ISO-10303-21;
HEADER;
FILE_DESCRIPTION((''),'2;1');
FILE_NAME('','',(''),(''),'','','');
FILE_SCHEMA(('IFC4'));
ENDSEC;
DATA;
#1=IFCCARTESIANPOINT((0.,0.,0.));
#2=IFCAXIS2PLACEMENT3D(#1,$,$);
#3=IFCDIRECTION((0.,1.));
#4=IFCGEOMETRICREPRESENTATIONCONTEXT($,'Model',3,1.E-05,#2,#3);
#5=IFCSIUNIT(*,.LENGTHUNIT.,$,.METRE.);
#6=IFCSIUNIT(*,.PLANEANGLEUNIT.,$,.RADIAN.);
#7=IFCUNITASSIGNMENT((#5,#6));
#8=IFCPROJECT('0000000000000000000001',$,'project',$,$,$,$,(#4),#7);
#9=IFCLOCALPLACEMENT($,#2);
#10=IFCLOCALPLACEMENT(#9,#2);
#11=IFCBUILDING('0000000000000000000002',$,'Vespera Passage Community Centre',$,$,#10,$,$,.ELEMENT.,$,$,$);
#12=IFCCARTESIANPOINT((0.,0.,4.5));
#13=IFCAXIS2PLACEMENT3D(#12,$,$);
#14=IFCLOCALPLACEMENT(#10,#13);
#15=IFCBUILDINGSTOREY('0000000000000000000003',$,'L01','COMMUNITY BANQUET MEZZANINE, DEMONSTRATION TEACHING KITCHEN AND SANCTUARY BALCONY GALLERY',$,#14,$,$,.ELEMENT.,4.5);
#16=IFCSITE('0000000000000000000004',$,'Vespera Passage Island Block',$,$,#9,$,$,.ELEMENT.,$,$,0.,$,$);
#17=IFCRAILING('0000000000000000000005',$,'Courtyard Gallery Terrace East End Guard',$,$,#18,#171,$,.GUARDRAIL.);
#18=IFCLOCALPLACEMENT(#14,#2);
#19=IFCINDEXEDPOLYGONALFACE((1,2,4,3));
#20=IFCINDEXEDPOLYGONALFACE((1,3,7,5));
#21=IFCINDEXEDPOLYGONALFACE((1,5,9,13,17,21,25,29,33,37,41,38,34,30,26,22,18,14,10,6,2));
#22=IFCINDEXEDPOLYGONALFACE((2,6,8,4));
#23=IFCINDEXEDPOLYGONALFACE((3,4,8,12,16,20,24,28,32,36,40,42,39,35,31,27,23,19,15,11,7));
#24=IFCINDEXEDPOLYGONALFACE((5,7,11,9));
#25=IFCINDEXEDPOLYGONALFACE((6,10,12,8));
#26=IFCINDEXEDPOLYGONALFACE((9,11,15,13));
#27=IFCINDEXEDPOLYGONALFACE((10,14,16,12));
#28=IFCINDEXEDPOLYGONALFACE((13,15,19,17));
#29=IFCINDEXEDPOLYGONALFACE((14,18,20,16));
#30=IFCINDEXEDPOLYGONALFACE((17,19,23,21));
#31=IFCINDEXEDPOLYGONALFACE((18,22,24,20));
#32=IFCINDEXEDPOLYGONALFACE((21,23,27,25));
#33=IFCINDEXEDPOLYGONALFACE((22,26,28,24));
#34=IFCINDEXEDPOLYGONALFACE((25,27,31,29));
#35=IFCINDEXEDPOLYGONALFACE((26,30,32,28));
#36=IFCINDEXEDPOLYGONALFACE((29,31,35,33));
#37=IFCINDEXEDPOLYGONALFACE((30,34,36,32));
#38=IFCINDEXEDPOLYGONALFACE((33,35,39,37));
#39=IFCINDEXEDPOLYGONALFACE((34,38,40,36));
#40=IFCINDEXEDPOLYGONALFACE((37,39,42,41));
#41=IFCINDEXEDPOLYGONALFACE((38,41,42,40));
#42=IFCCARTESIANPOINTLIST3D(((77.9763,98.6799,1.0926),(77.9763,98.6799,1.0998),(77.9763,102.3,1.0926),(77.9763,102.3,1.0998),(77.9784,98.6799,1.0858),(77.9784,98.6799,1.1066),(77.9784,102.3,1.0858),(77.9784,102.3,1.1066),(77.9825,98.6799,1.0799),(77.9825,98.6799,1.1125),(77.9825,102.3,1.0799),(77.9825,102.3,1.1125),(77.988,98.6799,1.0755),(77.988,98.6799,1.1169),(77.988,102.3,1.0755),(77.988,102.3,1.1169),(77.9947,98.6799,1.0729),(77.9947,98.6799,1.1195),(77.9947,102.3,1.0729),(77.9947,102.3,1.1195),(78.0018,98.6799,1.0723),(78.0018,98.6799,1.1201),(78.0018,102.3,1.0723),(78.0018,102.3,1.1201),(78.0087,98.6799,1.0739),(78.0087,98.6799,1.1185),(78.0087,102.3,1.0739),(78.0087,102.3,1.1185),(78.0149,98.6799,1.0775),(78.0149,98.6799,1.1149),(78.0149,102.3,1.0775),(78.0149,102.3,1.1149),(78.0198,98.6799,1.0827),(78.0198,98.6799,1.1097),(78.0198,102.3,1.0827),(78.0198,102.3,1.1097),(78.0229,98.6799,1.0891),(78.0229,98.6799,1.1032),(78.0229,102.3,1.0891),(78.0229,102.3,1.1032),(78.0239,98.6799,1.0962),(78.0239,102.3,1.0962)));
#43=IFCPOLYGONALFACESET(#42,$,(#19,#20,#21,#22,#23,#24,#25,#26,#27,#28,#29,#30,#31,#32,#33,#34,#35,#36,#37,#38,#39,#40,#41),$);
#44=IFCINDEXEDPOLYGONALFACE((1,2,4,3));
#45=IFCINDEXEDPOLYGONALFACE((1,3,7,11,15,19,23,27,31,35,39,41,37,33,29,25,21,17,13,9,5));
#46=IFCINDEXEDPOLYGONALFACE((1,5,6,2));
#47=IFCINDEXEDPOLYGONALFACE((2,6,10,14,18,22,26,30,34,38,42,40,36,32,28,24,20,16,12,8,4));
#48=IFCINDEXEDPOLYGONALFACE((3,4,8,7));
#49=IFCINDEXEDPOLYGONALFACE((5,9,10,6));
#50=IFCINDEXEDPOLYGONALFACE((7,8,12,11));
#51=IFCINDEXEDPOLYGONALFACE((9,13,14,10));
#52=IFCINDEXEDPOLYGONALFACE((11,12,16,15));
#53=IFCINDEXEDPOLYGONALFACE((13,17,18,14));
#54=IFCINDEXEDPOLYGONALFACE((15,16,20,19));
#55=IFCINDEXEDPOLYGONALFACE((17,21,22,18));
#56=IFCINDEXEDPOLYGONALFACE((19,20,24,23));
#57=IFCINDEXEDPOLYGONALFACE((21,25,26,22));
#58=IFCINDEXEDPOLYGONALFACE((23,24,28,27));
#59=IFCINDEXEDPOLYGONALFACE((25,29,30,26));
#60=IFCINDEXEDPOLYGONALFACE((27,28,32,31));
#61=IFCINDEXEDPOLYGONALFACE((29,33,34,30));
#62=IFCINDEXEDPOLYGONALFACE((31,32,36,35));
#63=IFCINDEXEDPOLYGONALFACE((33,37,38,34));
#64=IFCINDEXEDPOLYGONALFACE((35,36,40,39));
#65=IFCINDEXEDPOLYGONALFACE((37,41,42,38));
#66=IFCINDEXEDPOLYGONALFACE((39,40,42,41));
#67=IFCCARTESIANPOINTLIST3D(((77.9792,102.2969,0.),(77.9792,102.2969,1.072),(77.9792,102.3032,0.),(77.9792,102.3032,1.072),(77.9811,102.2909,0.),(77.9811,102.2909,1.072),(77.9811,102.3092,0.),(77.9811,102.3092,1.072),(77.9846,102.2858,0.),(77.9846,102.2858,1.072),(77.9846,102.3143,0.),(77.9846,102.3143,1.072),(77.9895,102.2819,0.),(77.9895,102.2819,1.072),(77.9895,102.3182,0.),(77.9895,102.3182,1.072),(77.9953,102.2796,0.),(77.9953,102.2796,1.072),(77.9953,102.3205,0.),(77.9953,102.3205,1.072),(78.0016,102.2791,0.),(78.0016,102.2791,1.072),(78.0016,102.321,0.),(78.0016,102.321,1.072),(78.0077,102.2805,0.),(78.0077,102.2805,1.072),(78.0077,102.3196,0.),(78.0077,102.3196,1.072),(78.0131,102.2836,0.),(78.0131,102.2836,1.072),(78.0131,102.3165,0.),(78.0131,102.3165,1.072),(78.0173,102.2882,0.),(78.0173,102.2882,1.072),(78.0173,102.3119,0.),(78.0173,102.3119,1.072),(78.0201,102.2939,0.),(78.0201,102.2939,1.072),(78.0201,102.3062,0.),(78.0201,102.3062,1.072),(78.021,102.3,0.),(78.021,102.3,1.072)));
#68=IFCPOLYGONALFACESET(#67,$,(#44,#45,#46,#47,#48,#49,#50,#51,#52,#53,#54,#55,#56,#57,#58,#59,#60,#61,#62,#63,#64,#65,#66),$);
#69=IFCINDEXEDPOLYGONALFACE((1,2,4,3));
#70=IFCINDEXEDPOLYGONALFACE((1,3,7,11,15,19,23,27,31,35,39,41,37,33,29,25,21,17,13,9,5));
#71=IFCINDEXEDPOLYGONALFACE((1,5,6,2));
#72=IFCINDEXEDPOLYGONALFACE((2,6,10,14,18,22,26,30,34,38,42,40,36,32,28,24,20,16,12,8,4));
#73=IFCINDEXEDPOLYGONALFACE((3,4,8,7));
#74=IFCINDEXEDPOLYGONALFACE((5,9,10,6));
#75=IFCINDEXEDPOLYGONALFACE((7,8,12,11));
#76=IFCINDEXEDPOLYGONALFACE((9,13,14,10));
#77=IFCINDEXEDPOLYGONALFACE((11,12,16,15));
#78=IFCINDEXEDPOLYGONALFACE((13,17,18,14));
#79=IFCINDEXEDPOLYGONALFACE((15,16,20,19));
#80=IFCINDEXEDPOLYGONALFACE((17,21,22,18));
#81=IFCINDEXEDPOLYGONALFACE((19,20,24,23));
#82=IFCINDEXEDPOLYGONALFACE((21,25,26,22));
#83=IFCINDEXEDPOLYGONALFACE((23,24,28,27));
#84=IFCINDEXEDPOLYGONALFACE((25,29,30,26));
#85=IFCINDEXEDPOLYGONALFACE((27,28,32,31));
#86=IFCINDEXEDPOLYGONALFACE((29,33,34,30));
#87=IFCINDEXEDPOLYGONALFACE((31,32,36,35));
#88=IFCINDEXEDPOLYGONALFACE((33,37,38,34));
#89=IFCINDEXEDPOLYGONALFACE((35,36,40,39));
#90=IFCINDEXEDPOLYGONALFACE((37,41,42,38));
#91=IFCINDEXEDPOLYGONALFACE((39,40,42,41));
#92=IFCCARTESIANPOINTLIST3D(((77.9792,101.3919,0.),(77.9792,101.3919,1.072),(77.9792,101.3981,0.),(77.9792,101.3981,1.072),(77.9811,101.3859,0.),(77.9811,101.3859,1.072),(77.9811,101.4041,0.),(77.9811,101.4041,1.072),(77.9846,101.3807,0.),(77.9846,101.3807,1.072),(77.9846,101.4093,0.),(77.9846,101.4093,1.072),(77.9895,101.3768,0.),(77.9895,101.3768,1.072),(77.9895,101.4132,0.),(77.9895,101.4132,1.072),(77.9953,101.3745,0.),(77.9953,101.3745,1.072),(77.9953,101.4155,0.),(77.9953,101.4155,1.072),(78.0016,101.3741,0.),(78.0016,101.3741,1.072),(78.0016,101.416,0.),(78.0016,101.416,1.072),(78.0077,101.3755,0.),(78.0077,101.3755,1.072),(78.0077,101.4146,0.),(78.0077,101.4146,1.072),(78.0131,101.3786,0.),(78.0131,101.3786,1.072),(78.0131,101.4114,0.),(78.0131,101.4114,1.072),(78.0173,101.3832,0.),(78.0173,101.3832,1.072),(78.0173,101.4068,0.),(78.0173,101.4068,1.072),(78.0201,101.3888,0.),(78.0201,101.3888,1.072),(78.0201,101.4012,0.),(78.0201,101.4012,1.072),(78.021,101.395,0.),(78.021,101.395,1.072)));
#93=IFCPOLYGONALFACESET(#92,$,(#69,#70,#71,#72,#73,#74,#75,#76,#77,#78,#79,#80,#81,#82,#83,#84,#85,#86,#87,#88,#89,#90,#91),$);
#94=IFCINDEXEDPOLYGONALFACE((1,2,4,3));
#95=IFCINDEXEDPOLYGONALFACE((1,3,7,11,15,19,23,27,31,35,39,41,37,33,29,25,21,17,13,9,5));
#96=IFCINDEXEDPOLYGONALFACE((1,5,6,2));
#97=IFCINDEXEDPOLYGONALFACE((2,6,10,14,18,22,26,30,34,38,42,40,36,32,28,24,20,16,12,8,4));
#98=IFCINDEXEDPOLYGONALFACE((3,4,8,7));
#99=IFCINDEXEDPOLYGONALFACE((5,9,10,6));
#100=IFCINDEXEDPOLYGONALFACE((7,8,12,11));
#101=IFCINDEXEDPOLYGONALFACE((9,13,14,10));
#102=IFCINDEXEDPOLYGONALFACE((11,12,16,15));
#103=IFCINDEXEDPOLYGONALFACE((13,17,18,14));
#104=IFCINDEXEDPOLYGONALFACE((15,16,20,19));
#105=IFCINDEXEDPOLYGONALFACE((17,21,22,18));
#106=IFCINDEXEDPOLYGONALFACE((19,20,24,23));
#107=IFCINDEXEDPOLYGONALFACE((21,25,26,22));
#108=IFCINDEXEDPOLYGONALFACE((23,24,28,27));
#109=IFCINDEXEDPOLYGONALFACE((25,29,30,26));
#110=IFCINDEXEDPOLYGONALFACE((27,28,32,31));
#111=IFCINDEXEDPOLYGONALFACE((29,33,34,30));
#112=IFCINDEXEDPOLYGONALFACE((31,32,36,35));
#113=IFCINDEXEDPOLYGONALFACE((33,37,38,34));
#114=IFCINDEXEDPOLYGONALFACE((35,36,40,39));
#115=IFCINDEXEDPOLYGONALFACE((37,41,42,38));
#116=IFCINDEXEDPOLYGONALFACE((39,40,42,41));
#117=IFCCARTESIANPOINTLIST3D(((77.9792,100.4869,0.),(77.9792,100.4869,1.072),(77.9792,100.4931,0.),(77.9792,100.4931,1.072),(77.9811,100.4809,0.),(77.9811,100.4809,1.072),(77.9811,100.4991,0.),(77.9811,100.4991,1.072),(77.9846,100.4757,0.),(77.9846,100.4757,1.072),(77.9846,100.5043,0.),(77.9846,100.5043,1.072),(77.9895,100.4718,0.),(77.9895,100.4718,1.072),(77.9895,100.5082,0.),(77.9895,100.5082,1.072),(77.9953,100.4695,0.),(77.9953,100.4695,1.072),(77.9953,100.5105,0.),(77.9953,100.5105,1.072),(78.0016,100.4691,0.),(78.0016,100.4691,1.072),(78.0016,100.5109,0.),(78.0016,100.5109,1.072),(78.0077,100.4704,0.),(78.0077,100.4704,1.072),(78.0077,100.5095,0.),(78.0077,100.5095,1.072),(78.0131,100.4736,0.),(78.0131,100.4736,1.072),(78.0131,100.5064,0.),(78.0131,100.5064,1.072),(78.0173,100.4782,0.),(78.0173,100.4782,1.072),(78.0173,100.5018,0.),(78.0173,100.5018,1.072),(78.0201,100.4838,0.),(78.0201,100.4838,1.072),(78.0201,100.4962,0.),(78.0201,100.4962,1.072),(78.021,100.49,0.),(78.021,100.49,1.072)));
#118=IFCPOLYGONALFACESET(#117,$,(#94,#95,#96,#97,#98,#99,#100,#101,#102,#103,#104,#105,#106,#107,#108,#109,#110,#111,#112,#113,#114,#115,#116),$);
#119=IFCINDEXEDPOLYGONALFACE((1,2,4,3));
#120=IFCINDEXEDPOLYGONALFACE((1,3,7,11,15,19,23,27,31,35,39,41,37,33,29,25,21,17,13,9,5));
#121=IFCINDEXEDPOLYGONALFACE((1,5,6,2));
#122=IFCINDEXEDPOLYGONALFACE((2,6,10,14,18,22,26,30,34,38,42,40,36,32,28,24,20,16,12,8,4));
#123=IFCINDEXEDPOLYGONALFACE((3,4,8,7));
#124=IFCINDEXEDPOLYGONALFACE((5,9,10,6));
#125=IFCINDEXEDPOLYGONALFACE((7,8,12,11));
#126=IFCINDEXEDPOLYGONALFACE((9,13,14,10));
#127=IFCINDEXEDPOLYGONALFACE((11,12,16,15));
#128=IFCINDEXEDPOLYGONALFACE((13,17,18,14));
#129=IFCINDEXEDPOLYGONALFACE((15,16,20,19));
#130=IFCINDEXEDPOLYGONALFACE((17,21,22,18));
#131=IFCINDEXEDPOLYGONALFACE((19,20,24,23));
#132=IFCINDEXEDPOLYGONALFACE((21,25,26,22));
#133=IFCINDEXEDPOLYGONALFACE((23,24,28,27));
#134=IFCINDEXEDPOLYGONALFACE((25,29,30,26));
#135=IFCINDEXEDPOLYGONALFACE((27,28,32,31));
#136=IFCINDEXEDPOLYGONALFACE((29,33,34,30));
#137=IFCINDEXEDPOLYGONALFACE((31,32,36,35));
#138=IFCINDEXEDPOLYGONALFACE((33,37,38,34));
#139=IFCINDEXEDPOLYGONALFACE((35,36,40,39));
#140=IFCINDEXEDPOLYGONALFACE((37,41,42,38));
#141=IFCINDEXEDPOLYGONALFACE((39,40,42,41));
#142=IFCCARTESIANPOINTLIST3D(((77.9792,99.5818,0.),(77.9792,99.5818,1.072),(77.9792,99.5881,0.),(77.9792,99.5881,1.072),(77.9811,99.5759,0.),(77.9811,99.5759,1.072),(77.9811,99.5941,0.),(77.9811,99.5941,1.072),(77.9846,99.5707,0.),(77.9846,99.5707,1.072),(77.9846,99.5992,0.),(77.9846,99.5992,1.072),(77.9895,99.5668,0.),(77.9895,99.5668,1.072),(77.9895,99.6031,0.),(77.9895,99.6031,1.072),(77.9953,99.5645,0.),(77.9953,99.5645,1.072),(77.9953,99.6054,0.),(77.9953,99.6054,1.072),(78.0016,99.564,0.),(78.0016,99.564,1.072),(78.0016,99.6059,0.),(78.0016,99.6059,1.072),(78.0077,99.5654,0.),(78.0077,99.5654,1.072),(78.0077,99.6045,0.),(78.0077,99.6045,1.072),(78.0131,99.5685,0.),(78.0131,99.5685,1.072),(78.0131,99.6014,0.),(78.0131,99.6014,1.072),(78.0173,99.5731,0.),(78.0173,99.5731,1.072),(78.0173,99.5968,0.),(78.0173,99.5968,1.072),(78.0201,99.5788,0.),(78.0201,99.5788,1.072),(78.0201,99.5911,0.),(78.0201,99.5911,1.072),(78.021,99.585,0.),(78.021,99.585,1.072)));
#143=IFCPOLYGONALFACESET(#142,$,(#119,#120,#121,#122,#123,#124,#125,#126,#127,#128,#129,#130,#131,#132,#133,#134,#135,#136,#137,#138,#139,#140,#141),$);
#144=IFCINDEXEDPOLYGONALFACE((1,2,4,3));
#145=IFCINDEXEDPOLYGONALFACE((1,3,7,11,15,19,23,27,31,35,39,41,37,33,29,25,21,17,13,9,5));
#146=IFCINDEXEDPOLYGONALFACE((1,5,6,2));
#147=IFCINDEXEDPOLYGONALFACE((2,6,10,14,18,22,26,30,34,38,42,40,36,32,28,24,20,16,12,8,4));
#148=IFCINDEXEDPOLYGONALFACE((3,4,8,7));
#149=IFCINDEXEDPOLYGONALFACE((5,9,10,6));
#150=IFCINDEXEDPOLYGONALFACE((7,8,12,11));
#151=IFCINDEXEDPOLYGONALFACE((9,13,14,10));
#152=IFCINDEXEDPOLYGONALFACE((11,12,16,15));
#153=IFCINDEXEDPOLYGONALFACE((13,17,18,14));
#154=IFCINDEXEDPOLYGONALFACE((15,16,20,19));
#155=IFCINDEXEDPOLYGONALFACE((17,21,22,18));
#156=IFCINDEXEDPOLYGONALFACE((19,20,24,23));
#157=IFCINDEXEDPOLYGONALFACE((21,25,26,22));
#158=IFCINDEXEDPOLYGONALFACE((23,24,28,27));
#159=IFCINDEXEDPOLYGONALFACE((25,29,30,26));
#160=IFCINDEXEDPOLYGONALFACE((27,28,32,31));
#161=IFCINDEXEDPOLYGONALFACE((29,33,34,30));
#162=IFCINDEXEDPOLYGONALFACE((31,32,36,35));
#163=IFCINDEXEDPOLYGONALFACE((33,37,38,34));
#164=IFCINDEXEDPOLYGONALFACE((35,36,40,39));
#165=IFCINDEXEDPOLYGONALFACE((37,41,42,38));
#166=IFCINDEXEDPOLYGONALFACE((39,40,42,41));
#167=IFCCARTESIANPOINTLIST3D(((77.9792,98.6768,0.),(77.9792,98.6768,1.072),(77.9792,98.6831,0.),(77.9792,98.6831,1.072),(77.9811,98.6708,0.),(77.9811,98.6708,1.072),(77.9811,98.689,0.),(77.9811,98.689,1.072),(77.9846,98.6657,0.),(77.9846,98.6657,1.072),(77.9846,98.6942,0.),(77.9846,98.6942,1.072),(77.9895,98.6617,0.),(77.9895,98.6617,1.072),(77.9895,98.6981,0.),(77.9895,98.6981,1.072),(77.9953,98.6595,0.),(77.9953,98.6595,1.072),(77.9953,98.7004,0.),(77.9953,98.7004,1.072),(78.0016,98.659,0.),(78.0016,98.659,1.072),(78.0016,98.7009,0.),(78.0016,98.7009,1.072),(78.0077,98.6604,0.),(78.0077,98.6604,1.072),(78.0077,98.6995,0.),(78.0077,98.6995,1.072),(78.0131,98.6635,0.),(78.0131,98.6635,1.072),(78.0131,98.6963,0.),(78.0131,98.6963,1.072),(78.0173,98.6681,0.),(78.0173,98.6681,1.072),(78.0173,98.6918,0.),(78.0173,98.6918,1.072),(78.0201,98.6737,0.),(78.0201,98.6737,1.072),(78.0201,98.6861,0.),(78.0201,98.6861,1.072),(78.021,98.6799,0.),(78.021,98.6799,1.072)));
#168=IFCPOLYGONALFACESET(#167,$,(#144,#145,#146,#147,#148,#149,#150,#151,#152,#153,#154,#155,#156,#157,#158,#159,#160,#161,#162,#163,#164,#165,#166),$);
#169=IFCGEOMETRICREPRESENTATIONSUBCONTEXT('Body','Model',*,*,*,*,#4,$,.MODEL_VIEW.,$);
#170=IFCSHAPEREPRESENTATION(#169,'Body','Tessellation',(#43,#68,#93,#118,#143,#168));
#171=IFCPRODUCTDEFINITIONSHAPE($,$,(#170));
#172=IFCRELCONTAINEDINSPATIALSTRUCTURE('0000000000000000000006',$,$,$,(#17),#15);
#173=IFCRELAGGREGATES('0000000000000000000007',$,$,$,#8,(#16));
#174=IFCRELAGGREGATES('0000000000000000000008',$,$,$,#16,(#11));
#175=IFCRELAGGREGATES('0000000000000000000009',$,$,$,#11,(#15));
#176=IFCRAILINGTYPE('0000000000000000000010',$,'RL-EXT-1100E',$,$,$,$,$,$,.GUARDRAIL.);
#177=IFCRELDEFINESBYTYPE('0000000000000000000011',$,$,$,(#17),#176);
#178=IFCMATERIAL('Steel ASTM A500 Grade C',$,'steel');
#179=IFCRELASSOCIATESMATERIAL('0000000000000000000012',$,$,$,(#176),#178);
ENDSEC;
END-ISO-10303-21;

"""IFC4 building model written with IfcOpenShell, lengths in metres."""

from ifc_helpers import new_model, si_unit, direction, frame, origin, origin_2d, place, context, subcontext, project, spatial, circle, extrude, material, type_object, element, save


model = new_model("IFC4")

# Units and contexts
model_context = context("Model", 3, precision=1e-05, world=origin(), true_north=direction((0.0, 1.0)))
body_context = subcontext(model_context, "Body", "Model", "MODEL_VIEW")
ifc_project = project(units=[si_unit("LENGTHUNIT", "METRE"), si_unit("PLANEANGLEUNIT", "RADIAN")], contexts=[model_context])

# Site, building, storey
site_placement = place(None, origin())
site = spatial("IfcSite", under=ifc_project, at=site_placement, Name="Vespera Passage Island Block", CompositionType="ELEMENT", RefElevation=0.0)
building_placement = place(site_placement, origin())
building = spatial("IfcBuilding", under=site, at=building_placement, Name="Vespera Passage Community Centre", CompositionType="ELEMENT")
storey_placement = place(building_placement, frame((0.0, 0.0, 4.5)))
storey = spatial("IfcBuildingStorey", under=building, at=storey_placement, Name="L01", Description="COMMUNITY BANQUET MEZZANINE, DEMONSTRATION TEACHING KITCHEN AND SANCTUARY BALCONY GALLERY", CompositionType="ELEMENT", Elevation=4.5)

# Railing
ifc_material_1 = material(Name="Steel ASTM A500 Grade C", Category="steel")
railing_type_1 = type_object("IfcRailingType", Name="RL-EXT-1100E", PredefinedType="GUARDRAIL", material=ifc_material_1)
railing_1_placement = place(storey_placement, frame((78.0, 102.3, 0.0)))
element("IfcRailing", 1, at=railing_1_placement, inside=storey, type_object=railing_type_1, Name="Courtyard Gallery Terrace East End Guard", PredefinedType="GUARDRAIL", context=body_context, shape_type="SweptSolid", body=[
    extrude(circle(Radius=0.0239, at=origin_2d()), frame((0.0, 0.0, 1.0962), z_axis=(0.0, -1.0, 0.0), x_axis=(1.0, 0.0, 0.0)), (0.0, 0.0, 1.0), 3.6201),
    extrude(circle(Radius=0.021, at=origin_2d()), origin(), (0.0, 0.0, 1.0), 1.072),
    extrude(circle(Radius=0.021, at=origin_2d()), frame((0.0, -0.905, 0.0)), (0.0, 0.0, 1.0), 1.072),
    extrude(circle(Radius=0.021, at=origin_2d()), frame((0.0, -1.8101, 0.0)), (0.0, 0.0, 1.0), 1.072),
    extrude(circle(Radius=0.021, at=origin_2d()), frame((0.0, -2.7151, 0.0)), (0.0, 0.0, 1.0), 1.072),
    extrude(circle(Radius=0.021, at=origin_2d()), frame((0.0, -3.6201, 0.0)), (0.0, 0.0, 1.0), 1.072),
])

save(model, "model.ifc")
